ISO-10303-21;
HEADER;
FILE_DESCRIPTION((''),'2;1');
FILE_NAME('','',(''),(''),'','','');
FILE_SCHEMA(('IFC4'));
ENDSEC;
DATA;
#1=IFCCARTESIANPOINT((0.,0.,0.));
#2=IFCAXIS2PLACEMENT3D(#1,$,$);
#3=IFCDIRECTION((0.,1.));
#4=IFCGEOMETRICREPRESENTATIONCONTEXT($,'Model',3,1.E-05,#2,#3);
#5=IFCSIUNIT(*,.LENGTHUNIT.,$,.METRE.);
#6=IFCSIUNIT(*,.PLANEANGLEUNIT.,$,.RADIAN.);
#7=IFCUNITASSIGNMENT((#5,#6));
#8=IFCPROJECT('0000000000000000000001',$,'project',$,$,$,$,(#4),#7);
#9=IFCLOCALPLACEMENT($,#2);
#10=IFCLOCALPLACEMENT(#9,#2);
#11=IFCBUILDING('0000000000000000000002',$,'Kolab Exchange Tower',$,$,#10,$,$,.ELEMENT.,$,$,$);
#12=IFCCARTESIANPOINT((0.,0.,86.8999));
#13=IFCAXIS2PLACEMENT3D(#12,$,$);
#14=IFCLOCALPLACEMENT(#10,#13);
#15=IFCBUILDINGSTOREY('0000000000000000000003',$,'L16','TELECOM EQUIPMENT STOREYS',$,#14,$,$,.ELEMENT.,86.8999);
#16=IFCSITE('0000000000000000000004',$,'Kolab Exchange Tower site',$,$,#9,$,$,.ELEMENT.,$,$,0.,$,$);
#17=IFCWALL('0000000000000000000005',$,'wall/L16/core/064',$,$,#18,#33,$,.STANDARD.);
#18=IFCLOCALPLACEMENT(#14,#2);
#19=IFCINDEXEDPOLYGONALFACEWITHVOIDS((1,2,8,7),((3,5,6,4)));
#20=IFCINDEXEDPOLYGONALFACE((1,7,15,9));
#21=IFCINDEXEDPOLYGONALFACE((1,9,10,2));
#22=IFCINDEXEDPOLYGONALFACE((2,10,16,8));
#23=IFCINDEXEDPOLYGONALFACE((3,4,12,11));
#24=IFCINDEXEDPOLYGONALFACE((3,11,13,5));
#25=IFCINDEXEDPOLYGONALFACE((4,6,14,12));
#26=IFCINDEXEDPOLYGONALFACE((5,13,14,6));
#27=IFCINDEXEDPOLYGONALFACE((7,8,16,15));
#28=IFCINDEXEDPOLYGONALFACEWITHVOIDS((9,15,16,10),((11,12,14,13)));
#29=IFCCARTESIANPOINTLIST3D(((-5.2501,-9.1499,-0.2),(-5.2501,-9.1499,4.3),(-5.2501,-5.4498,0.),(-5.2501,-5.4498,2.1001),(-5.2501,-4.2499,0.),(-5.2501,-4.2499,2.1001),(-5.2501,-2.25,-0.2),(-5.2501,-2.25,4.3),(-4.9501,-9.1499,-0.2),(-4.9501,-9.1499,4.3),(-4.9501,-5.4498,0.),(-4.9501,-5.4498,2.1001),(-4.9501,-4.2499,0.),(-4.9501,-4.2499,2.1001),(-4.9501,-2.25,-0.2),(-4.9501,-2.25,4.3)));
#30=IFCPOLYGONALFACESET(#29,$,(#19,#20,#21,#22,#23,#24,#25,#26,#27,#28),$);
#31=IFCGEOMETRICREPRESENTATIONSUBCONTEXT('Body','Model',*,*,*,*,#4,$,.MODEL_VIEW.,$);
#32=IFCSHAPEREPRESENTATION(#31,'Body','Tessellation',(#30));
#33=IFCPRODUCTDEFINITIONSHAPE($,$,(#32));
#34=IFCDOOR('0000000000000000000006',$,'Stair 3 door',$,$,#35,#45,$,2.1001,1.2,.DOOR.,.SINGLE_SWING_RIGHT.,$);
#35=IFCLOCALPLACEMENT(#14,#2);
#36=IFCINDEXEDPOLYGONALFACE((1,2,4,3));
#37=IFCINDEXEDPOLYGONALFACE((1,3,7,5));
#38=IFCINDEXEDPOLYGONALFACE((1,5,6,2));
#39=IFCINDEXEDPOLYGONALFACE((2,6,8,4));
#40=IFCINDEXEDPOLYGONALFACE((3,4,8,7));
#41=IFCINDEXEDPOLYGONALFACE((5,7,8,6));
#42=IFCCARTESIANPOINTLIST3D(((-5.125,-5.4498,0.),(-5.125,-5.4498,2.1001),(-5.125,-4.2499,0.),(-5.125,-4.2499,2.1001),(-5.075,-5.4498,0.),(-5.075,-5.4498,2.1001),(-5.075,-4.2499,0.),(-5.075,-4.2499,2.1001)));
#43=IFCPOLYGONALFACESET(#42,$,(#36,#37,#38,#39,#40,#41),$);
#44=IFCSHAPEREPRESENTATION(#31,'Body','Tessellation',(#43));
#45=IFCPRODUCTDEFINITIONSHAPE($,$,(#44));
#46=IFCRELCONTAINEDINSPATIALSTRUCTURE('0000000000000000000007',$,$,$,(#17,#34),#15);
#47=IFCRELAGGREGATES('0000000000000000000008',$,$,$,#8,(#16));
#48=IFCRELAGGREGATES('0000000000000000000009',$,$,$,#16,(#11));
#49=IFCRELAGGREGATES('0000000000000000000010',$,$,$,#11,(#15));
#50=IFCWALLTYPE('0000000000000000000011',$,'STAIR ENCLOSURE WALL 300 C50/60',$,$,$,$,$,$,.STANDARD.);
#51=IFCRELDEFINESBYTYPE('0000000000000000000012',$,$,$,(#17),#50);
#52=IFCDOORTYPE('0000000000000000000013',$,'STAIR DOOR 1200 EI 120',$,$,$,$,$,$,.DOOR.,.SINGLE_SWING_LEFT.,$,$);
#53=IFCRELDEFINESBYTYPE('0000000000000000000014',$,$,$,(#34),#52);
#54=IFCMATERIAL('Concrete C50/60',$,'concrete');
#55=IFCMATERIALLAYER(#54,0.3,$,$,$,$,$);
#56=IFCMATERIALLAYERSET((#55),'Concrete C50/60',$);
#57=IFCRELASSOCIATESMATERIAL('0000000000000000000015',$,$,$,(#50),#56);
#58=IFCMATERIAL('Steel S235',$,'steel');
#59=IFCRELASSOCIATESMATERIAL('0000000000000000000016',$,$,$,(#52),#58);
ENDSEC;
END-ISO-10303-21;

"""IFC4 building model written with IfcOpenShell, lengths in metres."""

from ifc_helpers import new_model, si_unit, direction, frame, frame_2d, origin, place, context, subcontext, project, spatial, rectangle, extrude, material, layer, layer_set, type_object, element, fill, save


model = new_model("IFC4")

# Units and contexts
model_context = context("Model", 3, precision=1e-05, world=origin(), true_north=direction((0.0, 1.0)))
body_context = subcontext(model_context, "Body", "Model", "MODEL_VIEW")
ifc_project = project(units=[si_unit("LENGTHUNIT", "METRE"), si_unit("PLANEANGLEUNIT", "RADIAN")], contexts=[model_context])

# Site, building, storey
site_placement = place(None, origin())
site = spatial("IfcSite", under=ifc_project, at=site_placement, Name="Kolab Exchange Tower site", CompositionType="ELEMENT", RefElevation=0.0)
building_placement = place(site_placement, origin())
building = spatial("IfcBuilding", under=site, at=building_placement, Name="Kolab Exchange Tower", CompositionType="ELEMENT")
storey_placement = place(building_placement, frame((0.0, 0.0, 86.8999)))
storey = spatial("IfcBuildingStorey", under=building, at=storey_placement, Name="L16", Description="TELECOM EQUIPMENT STOREYS", CompositionType="ELEMENT", Elevation=86.8999)

# Shared definitions
ifc_material_1 = material(Name="Steel S235", Category="steel")
ifc_material_2 = material(Name="Concrete C50/60", Category="concrete")

# Shared definitions
ifc_layer_1 = layer(ifc_material_2, 0.3)
ifc_layer_set_1 = layer_set([ifc_layer_1], Name="Concrete C50/60")
wall_type_1 = type_object("IfcWallType", Name="STAIR ENCLOSURE WALL 300 C50/60", PredefinedType="STANDARD", material=ifc_layer_set_1)

# Wall, opening, door
wall_1_placement = place(storey_placement, frame((-5.1001, -9.1499, -0.2), z_axis=(0.0, 0.0, 1.0), x_axis=(0.0, 1.0, 0.0)))
wall_1 = element("IfcWall", 1, at=wall_1_placement, inside=storey, type_object=wall_type_1, Name="wall/L16/core/064", PredefinedType="STANDARD", context=body_context, shape_type="SweptSolid", body=[
    extrude(rectangle(XDim=6.8999, YDim=0.3, at=frame_2d((3.45, 0.0))), origin(), (0.0, 0.0, 1.0), 4.5),
])
opening_1_placement = place(wall_1_placement, frame((3.7, 0.0, 0.2)))
opening_1 = element("IfcOpeningElement", 2, at=opening_1_placement, cuts=wall_1, PredefinedType="OPENING", context=body_context, shape_type="SweptSolid", body=[
    extrude(rectangle(XDim=1.2, YDim=2.1001, at=frame_2d((0.6001, 1.05))), frame((0.0, 0.1602, 0.0), z_axis=(0.0, -1.0, 0.0), x_axis=(1.0, 0.0, 0.0)), (0.0, 0.0, 1.0), 0.3201),
])
door_type_1 = type_object("IfcDoorType", Name="STAIR DOOR 1200 EI 120", OperationType="SINGLE_SWING_LEFT", PredefinedType="DOOR", material=ifc_material_1)
door_1_placement = place(opening_1_placement, origin())
door_1 = element("IfcDoor", 3, at=door_1_placement, inside=storey, type_object=door_type_1, Name="Stair 3 door", OperationType="SINGLE_SWING_RIGHT", OverallHeight=2.1001, OverallWidth=1.2, PredefinedType="DOOR", context=body_context, shape_type="SweptSolid", body=[
    extrude(rectangle(XDim=1.2, YDim=2.1001, at=frame_2d((0.6001, 1.05))), frame((0.0, 0.0249, 0.0), z_axis=(0.0, -1.0, 0.0), x_axis=(1.0, 0.0, 0.0)), (0.0, 0.0, 1.0), 0.05),
])
fill(opening_1, door_1)

save(model, "model.ifc")
